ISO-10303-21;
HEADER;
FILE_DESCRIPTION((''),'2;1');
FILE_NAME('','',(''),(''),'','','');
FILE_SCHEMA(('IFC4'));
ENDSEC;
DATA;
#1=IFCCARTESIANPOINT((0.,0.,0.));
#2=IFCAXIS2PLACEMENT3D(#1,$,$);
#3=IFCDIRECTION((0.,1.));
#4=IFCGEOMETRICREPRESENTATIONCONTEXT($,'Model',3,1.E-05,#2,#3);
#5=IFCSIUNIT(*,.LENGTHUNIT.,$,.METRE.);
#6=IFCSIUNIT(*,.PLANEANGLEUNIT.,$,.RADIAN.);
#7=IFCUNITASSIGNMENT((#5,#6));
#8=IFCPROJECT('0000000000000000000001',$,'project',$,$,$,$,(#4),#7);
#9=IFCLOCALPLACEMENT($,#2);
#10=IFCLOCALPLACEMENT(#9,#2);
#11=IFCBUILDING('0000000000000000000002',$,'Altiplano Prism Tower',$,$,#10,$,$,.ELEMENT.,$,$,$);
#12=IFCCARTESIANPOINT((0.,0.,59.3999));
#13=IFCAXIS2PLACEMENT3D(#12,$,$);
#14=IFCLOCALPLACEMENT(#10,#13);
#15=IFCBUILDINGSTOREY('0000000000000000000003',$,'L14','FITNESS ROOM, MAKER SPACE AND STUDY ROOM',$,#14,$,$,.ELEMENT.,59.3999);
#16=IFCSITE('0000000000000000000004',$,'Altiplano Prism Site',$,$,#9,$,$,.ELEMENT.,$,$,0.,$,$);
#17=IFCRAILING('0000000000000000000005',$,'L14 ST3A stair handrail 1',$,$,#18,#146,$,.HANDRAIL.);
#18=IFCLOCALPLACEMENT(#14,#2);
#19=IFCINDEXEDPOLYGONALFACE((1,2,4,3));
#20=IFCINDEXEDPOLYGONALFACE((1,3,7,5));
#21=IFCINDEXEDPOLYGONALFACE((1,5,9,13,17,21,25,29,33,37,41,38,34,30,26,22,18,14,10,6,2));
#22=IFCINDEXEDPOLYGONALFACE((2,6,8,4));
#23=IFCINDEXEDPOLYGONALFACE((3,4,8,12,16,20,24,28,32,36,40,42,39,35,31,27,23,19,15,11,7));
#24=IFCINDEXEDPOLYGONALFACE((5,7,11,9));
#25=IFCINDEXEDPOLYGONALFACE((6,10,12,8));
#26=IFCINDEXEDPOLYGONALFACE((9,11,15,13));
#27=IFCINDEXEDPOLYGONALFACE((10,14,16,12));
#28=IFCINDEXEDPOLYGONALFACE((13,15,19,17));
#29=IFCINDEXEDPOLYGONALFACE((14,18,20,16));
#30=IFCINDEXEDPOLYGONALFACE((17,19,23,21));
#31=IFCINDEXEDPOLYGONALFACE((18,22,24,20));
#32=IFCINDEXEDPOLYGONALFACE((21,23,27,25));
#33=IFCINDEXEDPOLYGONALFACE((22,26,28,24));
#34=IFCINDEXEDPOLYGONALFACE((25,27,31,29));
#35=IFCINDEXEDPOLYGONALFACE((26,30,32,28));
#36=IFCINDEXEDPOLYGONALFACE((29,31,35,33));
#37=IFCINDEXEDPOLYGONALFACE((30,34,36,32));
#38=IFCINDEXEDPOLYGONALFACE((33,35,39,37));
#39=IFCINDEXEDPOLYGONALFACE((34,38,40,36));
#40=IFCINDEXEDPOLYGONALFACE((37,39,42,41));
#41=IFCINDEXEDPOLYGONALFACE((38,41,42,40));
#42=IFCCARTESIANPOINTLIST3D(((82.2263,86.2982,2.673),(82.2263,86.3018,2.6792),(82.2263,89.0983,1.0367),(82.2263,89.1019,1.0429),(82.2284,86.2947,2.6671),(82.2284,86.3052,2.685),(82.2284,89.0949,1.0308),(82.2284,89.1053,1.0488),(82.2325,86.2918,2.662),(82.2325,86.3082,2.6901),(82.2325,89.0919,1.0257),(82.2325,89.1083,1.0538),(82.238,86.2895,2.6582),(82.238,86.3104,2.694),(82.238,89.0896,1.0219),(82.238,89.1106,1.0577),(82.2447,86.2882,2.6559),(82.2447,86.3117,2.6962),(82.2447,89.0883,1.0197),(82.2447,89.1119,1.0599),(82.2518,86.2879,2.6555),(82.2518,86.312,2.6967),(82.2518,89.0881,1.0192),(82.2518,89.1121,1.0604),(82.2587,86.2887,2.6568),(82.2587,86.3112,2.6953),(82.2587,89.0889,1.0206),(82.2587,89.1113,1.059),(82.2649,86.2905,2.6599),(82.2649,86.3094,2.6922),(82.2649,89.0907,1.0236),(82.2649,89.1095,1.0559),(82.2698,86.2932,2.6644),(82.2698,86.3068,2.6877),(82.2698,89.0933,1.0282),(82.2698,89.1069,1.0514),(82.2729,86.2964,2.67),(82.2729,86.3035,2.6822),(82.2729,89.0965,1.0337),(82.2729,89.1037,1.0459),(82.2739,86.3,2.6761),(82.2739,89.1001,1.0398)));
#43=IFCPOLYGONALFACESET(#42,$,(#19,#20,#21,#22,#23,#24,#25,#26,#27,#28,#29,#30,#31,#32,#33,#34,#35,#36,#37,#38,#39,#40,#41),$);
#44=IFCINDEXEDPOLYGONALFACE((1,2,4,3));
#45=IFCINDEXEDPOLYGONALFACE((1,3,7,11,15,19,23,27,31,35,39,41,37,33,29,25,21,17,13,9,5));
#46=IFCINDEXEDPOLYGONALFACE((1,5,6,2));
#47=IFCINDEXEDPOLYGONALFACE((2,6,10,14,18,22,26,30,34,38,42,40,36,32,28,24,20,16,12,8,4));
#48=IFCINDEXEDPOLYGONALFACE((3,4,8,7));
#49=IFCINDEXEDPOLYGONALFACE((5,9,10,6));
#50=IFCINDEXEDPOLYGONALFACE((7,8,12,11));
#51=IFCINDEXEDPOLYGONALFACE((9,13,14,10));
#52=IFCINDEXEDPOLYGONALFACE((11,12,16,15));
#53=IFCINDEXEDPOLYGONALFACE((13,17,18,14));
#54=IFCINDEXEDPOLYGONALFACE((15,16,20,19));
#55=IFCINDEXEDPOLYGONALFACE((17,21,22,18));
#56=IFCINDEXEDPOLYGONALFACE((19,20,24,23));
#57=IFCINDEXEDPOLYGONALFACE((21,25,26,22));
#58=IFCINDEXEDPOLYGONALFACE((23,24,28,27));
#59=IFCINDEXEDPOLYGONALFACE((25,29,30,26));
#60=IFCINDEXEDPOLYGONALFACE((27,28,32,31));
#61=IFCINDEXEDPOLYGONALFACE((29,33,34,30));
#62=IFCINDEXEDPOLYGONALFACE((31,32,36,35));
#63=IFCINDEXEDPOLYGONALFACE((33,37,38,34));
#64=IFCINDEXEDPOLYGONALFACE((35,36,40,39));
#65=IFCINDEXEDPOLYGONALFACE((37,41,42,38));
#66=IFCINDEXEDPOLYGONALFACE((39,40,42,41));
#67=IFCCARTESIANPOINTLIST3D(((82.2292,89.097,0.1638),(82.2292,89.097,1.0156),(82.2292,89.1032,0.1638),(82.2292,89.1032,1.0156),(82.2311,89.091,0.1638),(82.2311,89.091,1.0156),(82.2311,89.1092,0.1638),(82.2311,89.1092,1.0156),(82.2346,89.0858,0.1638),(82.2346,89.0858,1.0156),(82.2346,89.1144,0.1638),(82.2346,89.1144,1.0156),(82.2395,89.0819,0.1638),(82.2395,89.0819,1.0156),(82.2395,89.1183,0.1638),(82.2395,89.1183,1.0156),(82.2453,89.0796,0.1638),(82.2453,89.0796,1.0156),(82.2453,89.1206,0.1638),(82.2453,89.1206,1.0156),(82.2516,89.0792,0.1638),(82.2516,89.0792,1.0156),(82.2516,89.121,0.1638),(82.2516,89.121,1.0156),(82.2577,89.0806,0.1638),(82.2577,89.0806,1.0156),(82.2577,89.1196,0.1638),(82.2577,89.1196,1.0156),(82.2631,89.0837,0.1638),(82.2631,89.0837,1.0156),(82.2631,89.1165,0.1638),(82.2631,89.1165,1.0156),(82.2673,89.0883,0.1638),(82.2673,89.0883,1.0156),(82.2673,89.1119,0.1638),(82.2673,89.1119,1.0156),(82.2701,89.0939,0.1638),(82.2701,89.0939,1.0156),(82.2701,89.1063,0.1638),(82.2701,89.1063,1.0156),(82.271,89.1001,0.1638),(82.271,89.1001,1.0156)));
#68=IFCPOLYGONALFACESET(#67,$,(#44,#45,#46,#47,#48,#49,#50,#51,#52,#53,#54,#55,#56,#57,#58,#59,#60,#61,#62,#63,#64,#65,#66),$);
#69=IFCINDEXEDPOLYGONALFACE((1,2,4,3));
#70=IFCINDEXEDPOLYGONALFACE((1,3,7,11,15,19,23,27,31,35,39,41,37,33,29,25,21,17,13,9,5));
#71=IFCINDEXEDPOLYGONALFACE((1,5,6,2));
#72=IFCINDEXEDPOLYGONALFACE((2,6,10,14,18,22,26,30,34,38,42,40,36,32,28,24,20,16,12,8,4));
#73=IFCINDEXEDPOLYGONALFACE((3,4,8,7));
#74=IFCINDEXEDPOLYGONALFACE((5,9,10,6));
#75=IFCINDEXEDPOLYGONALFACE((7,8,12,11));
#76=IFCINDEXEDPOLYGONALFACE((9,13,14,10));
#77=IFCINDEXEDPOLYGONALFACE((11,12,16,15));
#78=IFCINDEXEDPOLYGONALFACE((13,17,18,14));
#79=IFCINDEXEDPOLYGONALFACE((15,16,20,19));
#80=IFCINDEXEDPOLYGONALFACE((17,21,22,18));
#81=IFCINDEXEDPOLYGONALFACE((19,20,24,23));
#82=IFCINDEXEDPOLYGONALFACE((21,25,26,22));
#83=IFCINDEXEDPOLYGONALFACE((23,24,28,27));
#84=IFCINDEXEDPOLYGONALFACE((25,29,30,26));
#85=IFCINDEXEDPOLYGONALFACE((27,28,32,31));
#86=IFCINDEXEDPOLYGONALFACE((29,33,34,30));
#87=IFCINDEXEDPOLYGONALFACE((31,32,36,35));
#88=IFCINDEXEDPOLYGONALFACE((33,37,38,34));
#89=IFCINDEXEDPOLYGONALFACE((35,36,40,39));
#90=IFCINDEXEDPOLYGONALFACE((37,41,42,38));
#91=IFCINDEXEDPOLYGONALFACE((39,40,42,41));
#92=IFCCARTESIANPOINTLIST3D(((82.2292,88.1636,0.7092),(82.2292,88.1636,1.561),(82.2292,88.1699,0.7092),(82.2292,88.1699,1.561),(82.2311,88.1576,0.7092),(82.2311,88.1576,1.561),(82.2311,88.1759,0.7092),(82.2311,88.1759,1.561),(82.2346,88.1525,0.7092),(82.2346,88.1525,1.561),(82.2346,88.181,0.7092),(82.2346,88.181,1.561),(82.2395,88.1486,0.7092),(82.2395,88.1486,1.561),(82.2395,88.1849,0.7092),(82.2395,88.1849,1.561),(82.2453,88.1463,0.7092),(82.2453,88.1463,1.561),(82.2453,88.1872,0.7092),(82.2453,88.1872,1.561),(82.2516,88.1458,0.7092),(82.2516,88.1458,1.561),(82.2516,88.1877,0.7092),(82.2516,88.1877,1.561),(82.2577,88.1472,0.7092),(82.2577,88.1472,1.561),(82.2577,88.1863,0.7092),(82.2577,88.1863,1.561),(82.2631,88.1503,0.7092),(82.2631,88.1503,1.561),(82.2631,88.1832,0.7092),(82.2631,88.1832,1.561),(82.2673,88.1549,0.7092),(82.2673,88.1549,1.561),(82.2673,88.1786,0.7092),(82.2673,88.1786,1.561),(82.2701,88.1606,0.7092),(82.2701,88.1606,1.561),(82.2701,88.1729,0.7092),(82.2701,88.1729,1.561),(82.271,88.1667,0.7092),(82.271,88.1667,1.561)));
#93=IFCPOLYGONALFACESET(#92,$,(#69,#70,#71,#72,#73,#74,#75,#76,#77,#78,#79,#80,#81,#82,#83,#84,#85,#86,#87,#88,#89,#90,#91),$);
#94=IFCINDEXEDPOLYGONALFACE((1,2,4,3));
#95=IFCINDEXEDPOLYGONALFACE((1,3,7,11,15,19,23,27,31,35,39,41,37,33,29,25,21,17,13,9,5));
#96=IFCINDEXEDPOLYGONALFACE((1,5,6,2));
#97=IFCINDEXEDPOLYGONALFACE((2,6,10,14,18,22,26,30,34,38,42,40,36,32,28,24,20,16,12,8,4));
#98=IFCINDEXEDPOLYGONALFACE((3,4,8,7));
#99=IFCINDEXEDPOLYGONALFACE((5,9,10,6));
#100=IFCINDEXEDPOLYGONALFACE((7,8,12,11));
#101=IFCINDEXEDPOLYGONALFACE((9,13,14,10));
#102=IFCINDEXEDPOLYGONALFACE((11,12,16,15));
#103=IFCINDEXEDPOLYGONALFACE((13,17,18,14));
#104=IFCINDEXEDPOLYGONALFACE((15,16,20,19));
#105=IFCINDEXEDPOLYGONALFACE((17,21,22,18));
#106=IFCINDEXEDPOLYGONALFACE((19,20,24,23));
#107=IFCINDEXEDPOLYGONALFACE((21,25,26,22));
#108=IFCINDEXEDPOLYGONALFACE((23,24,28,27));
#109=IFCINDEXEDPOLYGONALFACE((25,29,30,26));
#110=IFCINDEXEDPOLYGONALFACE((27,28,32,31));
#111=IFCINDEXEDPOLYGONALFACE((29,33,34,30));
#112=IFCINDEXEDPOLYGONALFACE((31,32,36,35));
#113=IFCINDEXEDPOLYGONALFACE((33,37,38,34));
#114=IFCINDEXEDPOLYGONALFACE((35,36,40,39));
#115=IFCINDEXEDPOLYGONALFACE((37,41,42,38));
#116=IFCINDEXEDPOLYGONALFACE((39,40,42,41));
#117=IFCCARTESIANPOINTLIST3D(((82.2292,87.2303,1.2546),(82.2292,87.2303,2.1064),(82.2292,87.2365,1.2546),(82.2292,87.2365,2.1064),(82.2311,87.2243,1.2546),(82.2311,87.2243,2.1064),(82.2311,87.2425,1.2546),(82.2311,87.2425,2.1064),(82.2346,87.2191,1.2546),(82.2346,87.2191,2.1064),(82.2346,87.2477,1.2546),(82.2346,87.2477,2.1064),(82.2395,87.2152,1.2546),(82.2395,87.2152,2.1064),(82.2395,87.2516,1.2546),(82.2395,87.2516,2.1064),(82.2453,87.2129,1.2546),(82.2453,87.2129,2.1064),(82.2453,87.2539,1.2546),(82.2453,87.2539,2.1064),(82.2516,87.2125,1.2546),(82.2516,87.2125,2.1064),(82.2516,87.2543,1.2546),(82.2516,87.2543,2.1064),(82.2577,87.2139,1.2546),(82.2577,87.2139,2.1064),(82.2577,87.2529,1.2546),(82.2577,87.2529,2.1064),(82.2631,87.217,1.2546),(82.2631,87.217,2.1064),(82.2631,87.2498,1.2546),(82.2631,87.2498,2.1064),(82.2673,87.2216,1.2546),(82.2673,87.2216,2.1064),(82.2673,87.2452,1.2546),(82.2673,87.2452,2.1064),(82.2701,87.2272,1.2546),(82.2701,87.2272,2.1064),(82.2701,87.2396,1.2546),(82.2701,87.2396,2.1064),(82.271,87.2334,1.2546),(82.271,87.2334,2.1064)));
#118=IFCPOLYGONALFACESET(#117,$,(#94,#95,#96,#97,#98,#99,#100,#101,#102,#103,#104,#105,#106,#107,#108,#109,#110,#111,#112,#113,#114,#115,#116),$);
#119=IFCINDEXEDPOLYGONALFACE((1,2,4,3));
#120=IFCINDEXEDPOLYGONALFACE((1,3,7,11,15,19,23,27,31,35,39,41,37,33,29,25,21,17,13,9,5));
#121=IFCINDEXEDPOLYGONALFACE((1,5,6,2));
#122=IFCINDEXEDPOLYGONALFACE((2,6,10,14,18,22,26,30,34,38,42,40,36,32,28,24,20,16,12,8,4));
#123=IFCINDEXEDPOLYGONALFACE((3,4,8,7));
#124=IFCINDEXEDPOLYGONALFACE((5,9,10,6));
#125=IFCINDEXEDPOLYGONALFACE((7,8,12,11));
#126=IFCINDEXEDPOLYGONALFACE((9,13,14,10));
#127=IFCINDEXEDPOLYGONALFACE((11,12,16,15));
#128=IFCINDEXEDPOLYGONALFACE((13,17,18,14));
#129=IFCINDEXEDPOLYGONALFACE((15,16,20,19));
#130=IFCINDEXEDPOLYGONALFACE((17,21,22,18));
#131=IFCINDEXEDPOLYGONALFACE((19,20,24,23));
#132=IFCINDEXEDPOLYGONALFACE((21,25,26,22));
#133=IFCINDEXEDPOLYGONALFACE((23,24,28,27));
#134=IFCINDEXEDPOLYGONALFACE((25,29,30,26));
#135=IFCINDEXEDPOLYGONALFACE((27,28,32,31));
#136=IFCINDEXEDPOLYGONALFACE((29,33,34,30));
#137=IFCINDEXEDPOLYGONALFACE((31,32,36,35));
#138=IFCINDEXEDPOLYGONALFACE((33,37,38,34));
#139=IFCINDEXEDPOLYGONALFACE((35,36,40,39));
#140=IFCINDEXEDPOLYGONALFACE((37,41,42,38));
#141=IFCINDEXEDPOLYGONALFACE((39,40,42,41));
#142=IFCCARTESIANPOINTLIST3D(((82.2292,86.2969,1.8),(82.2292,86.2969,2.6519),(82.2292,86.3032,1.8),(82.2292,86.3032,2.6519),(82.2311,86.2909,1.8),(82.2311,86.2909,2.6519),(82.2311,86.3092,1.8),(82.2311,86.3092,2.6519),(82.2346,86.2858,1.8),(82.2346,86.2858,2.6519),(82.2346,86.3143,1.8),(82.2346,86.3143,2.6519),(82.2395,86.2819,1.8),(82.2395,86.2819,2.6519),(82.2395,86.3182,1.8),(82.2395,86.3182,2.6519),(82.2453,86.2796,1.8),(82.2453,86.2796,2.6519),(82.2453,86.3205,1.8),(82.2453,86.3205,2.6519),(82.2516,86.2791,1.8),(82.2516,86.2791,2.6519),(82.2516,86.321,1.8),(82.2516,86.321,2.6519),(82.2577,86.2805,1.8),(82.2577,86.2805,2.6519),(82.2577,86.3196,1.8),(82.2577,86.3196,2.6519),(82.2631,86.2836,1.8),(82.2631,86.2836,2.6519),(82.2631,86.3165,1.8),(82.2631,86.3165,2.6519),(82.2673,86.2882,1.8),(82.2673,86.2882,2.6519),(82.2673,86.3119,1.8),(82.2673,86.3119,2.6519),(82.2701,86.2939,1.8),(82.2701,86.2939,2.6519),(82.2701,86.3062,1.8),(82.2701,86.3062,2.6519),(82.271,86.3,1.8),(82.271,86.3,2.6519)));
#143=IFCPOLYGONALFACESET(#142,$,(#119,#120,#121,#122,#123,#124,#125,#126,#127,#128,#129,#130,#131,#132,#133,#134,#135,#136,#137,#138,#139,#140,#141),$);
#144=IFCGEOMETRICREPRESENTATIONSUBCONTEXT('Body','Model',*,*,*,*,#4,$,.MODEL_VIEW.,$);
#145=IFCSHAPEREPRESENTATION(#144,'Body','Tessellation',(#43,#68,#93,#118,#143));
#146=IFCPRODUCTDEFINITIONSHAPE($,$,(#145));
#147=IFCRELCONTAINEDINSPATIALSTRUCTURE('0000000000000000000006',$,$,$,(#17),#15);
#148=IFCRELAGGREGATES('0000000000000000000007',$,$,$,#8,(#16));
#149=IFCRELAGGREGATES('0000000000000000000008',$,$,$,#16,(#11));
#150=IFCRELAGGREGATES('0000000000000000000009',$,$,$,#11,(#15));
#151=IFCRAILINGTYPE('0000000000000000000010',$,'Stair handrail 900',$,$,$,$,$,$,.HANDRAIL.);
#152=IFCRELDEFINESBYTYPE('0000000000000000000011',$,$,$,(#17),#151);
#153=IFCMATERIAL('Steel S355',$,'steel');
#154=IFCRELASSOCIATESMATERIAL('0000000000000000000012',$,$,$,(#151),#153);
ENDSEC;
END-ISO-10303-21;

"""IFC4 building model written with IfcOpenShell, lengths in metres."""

from ifc_helpers import new_model, si_unit, direction, frame, origin, origin_2d, place, context, subcontext, project, spatial, circle, extrude, material, type_object, element, save


model = new_model("IFC4")

# Units and contexts
model_context = context("Model", 3, precision=1e-05, world=origin(), true_north=direction((0.0, 1.0)))
body_context = subcontext(model_context, "Body", "Model", "MODEL_VIEW")
ifc_project = project(units=[si_unit("LENGTHUNIT", "METRE"), si_unit("PLANEANGLEUNIT", "RADIAN")], contexts=[model_context])

# Site, building, storey
site_placement = place(None, origin())
site = spatial("IfcSite", under=ifc_project, at=site_placement, Name="Altiplano Prism Site", CompositionType="ELEMENT", RefElevation=0.0)
building_placement = place(site_placement, origin())
building = spatial("IfcBuilding", under=site, at=building_placement, Name="Altiplano Prism Tower", CompositionType="ELEMENT")
storey_placement = place(building_placement, frame((0.0, 0.0, 59.3999)))
storey = spatial("IfcBuildingStorey", under=building, at=storey_placement, Name="L14", Description="FITNESS ROOM, MAKER SPACE AND STUDY ROOM", CompositionType="ELEMENT", Elevation=59.3999)

# Railing
ifc_material_1 = material(Name="Steel S355", Category="steel")
railing_type = type_object("IfcRailingType", Name="Stair handrail 900", PredefinedType="HANDRAIL", material=ifc_material_1)
railing_placement = place(storey_placement, frame((82.25, 89.1001, 0.1638)))
element("IfcRailing", 1, at=railing_placement, inside=storey, type_object=railing_type, Name="L14 ST3A stair handrail 1", PredefinedType="HANDRAIL", context=body_context, shape_type="SweptSolid", body=[
    extrude(circle(Radius=0.0239, at=origin_2d()), frame((0.0, 0.0, 0.876), z_axis=(0.0, -0.863394, 0.504531), x_axis=(1.0, 0.0, 0.0)), (0.0, 0.0, 1.0), 3.2432),
    extrude(circle(Radius=0.021, at=origin_2d()), origin(), (0.0, 0.0, 1.0), 0.8518),
    extrude(circle(Radius=0.021, at=origin_2d()), frame((0.0, -0.9333, 0.5454)), (0.0, 0.0, 1.0), 0.8518),
    extrude(circle(Radius=0.021, at=origin_2d()), frame((0.0, -1.8667, 1.0908)), (0.0, 0.0, 1.0), 0.8518),
    extrude(circle(Radius=0.021, at=origin_2d()), frame((0.0, -2.8, 1.6362)), (0.0, 0.0, 1.0), 0.8518),
])

save(model, "model.ifc")
